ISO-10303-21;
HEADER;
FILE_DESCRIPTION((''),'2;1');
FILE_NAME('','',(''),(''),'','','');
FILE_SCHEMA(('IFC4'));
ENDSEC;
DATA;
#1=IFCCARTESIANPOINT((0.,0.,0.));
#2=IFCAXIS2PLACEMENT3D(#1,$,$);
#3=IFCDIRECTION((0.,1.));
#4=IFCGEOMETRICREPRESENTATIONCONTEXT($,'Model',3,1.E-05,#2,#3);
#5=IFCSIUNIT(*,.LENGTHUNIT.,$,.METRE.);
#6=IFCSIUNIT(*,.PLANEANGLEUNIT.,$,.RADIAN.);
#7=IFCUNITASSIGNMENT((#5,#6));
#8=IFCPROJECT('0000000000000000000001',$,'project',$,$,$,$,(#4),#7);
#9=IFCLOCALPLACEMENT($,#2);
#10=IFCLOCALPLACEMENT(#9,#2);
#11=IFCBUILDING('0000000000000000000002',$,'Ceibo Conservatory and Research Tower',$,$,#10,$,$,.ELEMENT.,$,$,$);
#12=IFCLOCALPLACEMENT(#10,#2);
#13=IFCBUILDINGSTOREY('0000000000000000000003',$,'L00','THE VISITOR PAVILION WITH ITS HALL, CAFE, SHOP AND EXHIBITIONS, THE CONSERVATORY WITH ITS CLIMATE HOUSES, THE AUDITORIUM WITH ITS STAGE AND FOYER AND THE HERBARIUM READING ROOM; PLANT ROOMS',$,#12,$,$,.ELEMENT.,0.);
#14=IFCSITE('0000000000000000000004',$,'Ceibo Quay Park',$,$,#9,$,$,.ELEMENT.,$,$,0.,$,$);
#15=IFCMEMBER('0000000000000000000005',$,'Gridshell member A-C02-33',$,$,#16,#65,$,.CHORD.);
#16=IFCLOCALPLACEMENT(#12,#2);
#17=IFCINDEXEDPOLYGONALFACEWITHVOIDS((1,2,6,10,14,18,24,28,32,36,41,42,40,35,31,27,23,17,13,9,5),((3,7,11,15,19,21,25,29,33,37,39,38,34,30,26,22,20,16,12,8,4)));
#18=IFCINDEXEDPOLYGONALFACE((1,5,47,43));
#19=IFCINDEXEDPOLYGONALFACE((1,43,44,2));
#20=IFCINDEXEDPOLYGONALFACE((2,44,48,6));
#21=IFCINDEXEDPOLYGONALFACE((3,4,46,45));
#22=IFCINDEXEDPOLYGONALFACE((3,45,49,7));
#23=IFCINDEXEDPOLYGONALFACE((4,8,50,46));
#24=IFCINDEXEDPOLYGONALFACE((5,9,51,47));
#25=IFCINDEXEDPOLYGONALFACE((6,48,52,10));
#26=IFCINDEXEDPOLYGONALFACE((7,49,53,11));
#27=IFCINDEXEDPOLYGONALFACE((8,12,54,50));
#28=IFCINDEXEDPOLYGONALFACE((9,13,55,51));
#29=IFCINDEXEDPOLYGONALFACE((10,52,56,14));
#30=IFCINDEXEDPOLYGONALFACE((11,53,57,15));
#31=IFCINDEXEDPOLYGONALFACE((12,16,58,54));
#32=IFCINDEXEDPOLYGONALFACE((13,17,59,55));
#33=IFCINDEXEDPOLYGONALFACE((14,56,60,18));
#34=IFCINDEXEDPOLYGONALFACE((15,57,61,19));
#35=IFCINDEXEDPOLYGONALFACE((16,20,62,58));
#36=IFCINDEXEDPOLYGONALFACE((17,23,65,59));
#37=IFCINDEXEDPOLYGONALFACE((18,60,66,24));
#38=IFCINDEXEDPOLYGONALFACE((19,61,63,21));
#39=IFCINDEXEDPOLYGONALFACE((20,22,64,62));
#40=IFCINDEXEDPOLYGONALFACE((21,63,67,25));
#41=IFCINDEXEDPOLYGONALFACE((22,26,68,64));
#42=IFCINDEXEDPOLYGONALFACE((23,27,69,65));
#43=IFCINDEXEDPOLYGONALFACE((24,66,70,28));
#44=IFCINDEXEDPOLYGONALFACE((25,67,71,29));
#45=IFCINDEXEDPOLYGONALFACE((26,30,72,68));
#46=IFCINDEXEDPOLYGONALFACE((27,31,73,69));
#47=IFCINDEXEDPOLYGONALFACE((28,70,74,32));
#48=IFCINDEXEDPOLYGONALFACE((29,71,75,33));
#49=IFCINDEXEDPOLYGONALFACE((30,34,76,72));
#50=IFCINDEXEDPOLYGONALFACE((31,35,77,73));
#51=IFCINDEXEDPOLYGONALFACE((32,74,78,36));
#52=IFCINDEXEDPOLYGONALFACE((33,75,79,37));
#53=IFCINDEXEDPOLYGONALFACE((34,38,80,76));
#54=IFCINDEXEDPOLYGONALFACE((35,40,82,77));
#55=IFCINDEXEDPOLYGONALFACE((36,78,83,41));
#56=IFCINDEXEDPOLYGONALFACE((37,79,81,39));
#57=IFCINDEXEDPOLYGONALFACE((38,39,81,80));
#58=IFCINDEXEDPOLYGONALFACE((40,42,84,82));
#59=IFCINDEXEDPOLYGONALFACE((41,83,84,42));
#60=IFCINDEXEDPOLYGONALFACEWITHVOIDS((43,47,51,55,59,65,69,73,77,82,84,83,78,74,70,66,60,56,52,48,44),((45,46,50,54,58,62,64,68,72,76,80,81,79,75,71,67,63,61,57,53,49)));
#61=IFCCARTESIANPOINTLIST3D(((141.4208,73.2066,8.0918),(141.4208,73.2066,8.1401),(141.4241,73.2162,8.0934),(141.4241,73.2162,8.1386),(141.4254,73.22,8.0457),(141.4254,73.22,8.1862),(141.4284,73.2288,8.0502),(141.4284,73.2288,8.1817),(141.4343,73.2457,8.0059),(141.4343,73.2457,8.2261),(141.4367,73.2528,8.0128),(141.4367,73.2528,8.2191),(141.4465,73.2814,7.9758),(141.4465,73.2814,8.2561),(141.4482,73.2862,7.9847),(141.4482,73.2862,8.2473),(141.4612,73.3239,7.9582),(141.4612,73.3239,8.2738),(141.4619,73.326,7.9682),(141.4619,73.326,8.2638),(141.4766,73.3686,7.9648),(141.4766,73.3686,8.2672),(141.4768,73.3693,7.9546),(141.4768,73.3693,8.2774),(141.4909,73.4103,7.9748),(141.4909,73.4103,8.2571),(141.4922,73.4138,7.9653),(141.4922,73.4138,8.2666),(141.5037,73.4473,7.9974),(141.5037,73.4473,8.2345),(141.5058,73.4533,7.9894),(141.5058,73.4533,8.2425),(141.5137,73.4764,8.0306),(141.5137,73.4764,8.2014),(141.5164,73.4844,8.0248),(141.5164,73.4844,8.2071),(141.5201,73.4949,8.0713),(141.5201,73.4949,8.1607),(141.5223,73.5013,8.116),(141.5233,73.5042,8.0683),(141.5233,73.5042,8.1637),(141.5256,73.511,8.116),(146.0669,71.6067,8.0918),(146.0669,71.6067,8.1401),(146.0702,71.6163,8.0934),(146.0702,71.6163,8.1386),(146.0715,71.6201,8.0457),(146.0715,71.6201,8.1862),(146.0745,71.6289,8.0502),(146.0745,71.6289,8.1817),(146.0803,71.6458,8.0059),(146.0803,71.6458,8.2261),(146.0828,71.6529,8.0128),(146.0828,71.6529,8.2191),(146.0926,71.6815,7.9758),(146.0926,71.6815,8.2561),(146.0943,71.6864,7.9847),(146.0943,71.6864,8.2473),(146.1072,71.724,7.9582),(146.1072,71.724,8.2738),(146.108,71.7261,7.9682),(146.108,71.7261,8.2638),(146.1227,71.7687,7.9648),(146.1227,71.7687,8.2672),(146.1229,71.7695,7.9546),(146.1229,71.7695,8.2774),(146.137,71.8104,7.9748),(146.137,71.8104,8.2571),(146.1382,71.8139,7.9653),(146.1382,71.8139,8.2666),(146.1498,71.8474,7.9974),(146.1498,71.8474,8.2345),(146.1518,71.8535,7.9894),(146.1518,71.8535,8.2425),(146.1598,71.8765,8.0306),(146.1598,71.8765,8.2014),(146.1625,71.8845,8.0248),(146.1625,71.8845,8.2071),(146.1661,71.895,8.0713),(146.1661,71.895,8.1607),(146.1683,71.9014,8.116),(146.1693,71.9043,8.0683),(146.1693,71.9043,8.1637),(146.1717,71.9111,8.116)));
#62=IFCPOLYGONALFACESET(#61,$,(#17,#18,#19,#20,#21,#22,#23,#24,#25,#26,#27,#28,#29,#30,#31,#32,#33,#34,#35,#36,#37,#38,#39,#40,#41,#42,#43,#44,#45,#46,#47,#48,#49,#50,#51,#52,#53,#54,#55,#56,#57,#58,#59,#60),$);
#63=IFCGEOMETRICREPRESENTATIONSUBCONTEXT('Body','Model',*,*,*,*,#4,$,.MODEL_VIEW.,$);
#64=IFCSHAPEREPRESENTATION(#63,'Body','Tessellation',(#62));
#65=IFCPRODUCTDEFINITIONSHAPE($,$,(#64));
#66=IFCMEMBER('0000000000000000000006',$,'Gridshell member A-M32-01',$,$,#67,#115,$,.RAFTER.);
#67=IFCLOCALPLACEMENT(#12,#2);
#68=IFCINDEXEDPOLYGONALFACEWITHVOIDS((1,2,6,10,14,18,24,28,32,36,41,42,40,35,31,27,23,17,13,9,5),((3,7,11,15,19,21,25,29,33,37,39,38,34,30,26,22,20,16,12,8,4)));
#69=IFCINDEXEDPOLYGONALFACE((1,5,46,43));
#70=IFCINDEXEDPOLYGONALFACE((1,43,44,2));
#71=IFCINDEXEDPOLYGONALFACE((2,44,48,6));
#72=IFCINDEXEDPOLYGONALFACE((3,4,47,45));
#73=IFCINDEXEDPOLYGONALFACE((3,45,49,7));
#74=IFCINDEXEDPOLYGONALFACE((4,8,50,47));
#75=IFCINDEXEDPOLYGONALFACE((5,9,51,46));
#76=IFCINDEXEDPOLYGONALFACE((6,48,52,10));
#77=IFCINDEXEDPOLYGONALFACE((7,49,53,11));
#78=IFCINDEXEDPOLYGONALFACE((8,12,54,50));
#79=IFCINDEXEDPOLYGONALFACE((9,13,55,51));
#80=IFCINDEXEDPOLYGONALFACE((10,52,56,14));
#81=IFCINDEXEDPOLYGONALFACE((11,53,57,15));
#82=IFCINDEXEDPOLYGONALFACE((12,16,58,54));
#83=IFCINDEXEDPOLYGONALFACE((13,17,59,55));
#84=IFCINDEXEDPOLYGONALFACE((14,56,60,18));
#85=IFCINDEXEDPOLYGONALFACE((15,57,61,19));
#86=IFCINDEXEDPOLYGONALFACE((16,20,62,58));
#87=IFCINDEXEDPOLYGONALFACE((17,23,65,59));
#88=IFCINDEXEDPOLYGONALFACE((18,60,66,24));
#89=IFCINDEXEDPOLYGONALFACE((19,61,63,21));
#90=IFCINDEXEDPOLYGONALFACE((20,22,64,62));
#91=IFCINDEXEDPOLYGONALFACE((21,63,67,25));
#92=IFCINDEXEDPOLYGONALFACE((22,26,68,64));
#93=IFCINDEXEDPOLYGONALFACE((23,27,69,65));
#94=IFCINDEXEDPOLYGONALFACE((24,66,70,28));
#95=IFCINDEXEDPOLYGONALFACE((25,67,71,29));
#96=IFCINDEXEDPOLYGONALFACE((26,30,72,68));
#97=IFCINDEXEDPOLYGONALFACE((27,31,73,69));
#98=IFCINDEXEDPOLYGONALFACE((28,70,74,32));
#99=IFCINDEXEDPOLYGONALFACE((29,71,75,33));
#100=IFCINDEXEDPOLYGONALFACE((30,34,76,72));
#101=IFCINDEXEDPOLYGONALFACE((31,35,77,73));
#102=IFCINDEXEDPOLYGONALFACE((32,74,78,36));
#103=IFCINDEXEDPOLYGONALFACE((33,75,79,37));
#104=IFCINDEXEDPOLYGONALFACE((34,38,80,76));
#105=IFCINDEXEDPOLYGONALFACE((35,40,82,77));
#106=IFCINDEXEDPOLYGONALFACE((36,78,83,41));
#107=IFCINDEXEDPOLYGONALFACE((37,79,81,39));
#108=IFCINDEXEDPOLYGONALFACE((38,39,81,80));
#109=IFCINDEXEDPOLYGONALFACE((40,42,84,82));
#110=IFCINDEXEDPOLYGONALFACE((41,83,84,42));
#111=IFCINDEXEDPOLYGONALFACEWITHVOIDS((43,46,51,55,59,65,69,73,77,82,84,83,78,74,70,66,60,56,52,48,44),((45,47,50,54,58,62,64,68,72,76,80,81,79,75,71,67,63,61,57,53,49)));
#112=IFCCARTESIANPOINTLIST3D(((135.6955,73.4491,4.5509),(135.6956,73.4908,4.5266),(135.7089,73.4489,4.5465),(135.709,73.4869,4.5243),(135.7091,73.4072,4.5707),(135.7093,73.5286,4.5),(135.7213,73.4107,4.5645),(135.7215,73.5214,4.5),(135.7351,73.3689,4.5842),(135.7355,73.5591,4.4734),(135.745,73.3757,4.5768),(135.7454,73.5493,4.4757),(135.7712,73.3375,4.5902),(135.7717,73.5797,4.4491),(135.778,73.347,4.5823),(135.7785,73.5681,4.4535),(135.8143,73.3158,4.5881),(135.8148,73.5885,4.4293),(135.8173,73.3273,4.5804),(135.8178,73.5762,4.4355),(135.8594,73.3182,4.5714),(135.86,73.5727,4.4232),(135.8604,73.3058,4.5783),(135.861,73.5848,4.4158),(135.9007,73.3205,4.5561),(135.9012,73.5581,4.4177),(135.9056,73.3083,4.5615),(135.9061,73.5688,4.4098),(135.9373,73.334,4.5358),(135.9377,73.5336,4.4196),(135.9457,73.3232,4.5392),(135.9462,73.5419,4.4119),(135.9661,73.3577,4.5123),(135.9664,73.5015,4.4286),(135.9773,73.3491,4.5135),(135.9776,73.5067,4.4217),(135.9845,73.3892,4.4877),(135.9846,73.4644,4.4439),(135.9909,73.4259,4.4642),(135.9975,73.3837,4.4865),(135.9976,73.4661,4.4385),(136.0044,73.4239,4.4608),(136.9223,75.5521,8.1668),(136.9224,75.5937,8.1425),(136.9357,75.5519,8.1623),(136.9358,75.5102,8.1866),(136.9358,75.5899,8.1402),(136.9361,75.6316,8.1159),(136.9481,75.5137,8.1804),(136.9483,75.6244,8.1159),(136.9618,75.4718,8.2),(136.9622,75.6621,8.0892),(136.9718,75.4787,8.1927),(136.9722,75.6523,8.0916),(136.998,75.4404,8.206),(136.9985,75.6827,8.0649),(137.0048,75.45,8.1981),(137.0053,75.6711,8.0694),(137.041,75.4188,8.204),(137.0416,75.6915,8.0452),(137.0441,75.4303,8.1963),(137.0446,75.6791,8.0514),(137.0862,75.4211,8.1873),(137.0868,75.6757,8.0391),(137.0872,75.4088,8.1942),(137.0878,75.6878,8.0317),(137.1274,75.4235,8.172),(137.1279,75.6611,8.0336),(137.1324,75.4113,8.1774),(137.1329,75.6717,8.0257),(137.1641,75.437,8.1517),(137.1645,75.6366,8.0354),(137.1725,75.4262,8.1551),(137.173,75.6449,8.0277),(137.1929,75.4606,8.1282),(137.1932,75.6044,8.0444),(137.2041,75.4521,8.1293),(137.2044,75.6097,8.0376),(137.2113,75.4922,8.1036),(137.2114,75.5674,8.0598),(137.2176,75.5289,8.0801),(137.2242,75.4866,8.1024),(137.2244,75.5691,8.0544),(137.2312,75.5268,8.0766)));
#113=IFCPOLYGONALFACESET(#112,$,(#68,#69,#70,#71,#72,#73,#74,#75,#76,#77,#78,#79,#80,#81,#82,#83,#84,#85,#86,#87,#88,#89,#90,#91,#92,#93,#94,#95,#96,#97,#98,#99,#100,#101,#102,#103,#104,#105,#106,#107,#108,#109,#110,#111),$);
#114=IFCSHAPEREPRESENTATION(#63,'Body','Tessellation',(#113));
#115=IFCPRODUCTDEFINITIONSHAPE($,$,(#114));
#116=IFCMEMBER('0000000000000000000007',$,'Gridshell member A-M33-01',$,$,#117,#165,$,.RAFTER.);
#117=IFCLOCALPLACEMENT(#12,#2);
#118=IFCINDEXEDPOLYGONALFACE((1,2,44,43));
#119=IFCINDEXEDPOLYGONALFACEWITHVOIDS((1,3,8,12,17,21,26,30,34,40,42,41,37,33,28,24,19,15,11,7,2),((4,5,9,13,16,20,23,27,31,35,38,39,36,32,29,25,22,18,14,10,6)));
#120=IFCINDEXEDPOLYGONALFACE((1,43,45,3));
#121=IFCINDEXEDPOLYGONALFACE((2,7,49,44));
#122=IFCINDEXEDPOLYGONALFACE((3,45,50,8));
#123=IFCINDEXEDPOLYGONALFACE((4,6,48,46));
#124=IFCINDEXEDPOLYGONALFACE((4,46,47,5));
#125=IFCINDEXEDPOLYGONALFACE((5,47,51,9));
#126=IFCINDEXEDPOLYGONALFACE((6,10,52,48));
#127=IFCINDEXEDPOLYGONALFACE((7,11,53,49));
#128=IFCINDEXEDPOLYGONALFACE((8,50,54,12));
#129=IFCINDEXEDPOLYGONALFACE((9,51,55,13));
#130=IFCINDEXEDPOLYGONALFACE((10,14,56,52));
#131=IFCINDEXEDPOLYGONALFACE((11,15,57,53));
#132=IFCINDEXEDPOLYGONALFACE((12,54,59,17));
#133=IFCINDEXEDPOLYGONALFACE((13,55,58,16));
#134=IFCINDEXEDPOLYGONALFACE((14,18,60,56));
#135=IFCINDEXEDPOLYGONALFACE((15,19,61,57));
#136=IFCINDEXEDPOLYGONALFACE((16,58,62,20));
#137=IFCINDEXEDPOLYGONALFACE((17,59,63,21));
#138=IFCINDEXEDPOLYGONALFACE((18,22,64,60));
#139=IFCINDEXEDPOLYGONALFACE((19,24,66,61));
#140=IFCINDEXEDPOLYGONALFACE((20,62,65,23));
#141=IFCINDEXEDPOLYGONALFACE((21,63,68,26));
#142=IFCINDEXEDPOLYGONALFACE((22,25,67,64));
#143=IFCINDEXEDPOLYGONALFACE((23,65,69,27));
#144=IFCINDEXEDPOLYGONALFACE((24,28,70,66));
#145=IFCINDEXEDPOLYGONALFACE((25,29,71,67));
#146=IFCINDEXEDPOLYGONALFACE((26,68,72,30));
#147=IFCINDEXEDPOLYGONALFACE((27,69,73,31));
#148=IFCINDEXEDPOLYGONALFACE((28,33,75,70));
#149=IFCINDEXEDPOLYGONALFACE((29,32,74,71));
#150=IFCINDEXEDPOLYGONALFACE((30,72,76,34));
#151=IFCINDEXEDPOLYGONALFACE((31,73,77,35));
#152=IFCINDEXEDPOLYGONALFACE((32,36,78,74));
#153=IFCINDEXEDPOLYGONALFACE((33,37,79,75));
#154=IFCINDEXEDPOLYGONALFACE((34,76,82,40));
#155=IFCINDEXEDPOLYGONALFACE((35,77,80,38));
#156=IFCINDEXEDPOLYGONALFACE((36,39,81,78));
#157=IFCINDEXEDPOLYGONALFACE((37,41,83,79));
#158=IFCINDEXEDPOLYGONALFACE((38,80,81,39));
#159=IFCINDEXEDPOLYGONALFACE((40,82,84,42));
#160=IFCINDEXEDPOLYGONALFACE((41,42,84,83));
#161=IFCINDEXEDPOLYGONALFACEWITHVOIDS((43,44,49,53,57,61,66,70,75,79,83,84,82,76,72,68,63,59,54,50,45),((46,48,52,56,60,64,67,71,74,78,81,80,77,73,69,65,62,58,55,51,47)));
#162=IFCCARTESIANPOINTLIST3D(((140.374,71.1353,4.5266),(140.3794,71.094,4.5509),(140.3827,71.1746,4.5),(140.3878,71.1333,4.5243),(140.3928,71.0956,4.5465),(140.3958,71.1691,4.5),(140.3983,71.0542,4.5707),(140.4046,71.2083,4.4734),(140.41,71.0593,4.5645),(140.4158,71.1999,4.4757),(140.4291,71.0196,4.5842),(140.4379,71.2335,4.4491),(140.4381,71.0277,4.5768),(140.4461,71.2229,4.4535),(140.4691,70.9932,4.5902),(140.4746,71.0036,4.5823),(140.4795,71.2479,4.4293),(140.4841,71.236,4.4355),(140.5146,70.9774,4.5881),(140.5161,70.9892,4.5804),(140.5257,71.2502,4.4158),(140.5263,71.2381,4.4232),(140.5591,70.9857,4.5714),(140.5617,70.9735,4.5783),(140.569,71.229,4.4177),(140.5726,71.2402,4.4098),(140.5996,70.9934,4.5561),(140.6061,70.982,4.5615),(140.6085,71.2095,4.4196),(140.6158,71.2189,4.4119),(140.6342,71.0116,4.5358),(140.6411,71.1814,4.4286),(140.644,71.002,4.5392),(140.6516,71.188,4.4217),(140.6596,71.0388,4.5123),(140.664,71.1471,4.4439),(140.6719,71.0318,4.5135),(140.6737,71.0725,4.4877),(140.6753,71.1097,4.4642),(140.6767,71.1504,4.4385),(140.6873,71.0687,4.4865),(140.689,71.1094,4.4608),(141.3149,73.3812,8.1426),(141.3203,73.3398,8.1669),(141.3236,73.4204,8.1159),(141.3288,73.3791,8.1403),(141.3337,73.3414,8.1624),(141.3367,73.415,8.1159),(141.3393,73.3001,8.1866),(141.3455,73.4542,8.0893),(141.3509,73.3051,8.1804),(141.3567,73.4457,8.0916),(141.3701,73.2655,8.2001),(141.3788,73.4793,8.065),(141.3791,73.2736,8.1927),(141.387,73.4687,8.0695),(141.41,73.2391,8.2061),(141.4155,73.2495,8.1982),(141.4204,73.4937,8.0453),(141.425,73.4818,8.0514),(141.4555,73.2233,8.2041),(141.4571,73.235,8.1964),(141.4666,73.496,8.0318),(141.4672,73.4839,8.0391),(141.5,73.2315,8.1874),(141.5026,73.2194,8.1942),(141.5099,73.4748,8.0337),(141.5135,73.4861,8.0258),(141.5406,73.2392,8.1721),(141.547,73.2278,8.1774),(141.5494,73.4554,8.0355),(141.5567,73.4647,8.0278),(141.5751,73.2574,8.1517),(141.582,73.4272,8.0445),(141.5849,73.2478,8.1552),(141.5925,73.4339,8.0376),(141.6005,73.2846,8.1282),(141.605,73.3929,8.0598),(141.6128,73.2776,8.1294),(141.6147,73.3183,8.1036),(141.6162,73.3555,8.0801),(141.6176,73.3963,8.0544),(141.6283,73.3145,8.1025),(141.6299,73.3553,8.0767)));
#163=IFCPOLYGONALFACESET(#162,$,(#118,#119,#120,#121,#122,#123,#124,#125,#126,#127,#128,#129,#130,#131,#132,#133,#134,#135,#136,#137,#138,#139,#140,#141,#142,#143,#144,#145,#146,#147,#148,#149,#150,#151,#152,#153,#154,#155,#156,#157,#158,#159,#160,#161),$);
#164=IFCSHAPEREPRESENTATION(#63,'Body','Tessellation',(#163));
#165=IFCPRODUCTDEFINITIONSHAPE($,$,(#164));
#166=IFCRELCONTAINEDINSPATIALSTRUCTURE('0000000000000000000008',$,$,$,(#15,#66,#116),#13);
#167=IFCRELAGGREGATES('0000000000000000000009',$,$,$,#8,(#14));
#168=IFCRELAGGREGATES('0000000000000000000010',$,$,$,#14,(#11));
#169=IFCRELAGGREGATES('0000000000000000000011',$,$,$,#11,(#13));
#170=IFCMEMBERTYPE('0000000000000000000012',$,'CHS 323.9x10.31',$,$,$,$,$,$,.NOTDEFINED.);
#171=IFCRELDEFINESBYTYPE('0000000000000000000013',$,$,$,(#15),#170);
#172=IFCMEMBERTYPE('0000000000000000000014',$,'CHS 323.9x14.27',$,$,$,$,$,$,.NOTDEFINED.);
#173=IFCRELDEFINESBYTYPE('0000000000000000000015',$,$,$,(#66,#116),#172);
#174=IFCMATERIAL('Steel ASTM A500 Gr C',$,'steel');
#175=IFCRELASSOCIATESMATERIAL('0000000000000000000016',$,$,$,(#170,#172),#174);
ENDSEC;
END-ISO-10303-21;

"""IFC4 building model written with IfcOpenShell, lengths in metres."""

from ifc_helpers import new_model, si_unit, direction, frame, origin, origin_2d, place, context, subcontext, project, spatial, hollow_circle, extrude, material, material_profile, profile_set, type_object, element, save


model = new_model("IFC4")

# Units and contexts
model_context = context("Model", 3, precision=1e-05, world=origin(), true_north=direction((0.0, 1.0)))
body_context = subcontext(model_context, "Body", "Model", "MODEL_VIEW")
ifc_project = project(units=[si_unit("LENGTHUNIT", "METRE"), si_unit("PLANEANGLEUNIT", "RADIAN")], contexts=[model_context])

# Site, building, storey
site_placement = place(None, origin())
site = spatial("IfcSite", under=ifc_project, at=site_placement, Name="Ceibo Quay Park", CompositionType="ELEMENT", RefElevation=0.0)
building_placement = place(site_placement, origin())
building = spatial("IfcBuilding", under=site, at=building_placement, Name="Ceibo Conservatory and Research Tower", CompositionType="ELEMENT")
storey_placement = place(building_placement, origin())
storey = spatial("IfcBuildingStorey", under=building, at=storey_placement, Name="L00", Description="THE VISITOR PAVILION WITH ITS HALL, CAFE, SHOP AND EXHIBITIONS, THE CONSERVATORY WITH ITS CLIMATE HOUSES, THE AUDITORIUM WITH ITS STAGE AND FOYER AND THE HERBARIUM READING ROOM; PLANT ROOMS", CompositionType="ELEMENT", Elevation=0.0)

# Members
ifc_material_1 = material(Name="Steel ASTM A500 Gr C", Category="steel")
ifc_material_profile_1 = material_profile(ifc_material_1, hollow_circle(Radius=0.1619, WallThickness=0.0103, at=origin_2d()), Name="CHS 323.9x10.31")
ifc_profile_set_1 = profile_set([ifc_material_profile_1], Name="Steel ASTM A500 Gr C")
member_type_1 = type_object("IfcMemberType", Name="CHS 323.9x10.31", PredefinedType="NOTDEFINED", material=ifc_profile_set_1)
member_1_placement = place(storey_placement, frame((141.4729, 73.3579, 8.116), z_axis=(0.945512, -0.325588, 0.0), x_axis=(0.325588, 0.945512, 0.0)))
element("IfcMember", 1, at=member_1_placement, inside=storey, type_object=member_type_1, Name="Gridshell member A-C02-33", PredefinedType="CHORD", context=body_context, shape_type="SweptSolid", body=[
    extrude(hollow_circle(Radius=0.1619, WallThickness=0.0103, at=origin_2d()), origin(), (0.0, 0.0, 1.0), 4.9138),
])
ifc_material_profile_2 = material_profile(ifc_material_1, hollow_circle(Radius=0.1619, WallThickness=0.0142, at=origin_2d()), Name="CHS 323.9x14.27")
ifc_profile_set_2 = profile_set([ifc_material_profile_2], Name="Steel ASTM A500 Gr C")
member_type_2 = type_object("IfcMemberType", Name="CHS 323.9x14.27", PredefinedType="NOTDEFINED", material=ifc_profile_set_2)
member_2_placement = place(storey_placement, frame((135.8491, 73.447, 4.5), z_axis=(0.281427, 0.48243, 0.829494), x_axis=(-0.863772, 0.503883, 0.0)))
element("IfcMember", 2, at=member_2_placement, inside=storey, type_object=member_type_2, Name="Gridshell member A-M32-01", PredefinedType="RAFTER", context=body_context, shape_type="SweptSolid", body=[
    extrude(hollow_circle(Radius=0.1619, WallThickness=0.0142, at=origin_2d()), origin(), (0.0, 0.0, 1.0), 4.3591),
])
member_3_placement = place(storey_placement, frame((140.532, 71.1121, 4.5), z_axis=(0.215836, 0.515174, 0.829464), x_axis=(-0.922325, 0.386416, 0.0)))
element("IfcMember", 3, at=member_3_placement, inside=storey, type_object=member_type_2, Name="Gridshell member A-M33-01", PredefinedType="RAFTER", context=body_context, shape_type="SweptSolid", body=[
    extrude(hollow_circle(Radius=0.1619, WallThickness=0.0142, at=origin_2d()), origin(), (0.0, 0.0, 1.0), 4.3594),
])

save(model, "model.ifc")
